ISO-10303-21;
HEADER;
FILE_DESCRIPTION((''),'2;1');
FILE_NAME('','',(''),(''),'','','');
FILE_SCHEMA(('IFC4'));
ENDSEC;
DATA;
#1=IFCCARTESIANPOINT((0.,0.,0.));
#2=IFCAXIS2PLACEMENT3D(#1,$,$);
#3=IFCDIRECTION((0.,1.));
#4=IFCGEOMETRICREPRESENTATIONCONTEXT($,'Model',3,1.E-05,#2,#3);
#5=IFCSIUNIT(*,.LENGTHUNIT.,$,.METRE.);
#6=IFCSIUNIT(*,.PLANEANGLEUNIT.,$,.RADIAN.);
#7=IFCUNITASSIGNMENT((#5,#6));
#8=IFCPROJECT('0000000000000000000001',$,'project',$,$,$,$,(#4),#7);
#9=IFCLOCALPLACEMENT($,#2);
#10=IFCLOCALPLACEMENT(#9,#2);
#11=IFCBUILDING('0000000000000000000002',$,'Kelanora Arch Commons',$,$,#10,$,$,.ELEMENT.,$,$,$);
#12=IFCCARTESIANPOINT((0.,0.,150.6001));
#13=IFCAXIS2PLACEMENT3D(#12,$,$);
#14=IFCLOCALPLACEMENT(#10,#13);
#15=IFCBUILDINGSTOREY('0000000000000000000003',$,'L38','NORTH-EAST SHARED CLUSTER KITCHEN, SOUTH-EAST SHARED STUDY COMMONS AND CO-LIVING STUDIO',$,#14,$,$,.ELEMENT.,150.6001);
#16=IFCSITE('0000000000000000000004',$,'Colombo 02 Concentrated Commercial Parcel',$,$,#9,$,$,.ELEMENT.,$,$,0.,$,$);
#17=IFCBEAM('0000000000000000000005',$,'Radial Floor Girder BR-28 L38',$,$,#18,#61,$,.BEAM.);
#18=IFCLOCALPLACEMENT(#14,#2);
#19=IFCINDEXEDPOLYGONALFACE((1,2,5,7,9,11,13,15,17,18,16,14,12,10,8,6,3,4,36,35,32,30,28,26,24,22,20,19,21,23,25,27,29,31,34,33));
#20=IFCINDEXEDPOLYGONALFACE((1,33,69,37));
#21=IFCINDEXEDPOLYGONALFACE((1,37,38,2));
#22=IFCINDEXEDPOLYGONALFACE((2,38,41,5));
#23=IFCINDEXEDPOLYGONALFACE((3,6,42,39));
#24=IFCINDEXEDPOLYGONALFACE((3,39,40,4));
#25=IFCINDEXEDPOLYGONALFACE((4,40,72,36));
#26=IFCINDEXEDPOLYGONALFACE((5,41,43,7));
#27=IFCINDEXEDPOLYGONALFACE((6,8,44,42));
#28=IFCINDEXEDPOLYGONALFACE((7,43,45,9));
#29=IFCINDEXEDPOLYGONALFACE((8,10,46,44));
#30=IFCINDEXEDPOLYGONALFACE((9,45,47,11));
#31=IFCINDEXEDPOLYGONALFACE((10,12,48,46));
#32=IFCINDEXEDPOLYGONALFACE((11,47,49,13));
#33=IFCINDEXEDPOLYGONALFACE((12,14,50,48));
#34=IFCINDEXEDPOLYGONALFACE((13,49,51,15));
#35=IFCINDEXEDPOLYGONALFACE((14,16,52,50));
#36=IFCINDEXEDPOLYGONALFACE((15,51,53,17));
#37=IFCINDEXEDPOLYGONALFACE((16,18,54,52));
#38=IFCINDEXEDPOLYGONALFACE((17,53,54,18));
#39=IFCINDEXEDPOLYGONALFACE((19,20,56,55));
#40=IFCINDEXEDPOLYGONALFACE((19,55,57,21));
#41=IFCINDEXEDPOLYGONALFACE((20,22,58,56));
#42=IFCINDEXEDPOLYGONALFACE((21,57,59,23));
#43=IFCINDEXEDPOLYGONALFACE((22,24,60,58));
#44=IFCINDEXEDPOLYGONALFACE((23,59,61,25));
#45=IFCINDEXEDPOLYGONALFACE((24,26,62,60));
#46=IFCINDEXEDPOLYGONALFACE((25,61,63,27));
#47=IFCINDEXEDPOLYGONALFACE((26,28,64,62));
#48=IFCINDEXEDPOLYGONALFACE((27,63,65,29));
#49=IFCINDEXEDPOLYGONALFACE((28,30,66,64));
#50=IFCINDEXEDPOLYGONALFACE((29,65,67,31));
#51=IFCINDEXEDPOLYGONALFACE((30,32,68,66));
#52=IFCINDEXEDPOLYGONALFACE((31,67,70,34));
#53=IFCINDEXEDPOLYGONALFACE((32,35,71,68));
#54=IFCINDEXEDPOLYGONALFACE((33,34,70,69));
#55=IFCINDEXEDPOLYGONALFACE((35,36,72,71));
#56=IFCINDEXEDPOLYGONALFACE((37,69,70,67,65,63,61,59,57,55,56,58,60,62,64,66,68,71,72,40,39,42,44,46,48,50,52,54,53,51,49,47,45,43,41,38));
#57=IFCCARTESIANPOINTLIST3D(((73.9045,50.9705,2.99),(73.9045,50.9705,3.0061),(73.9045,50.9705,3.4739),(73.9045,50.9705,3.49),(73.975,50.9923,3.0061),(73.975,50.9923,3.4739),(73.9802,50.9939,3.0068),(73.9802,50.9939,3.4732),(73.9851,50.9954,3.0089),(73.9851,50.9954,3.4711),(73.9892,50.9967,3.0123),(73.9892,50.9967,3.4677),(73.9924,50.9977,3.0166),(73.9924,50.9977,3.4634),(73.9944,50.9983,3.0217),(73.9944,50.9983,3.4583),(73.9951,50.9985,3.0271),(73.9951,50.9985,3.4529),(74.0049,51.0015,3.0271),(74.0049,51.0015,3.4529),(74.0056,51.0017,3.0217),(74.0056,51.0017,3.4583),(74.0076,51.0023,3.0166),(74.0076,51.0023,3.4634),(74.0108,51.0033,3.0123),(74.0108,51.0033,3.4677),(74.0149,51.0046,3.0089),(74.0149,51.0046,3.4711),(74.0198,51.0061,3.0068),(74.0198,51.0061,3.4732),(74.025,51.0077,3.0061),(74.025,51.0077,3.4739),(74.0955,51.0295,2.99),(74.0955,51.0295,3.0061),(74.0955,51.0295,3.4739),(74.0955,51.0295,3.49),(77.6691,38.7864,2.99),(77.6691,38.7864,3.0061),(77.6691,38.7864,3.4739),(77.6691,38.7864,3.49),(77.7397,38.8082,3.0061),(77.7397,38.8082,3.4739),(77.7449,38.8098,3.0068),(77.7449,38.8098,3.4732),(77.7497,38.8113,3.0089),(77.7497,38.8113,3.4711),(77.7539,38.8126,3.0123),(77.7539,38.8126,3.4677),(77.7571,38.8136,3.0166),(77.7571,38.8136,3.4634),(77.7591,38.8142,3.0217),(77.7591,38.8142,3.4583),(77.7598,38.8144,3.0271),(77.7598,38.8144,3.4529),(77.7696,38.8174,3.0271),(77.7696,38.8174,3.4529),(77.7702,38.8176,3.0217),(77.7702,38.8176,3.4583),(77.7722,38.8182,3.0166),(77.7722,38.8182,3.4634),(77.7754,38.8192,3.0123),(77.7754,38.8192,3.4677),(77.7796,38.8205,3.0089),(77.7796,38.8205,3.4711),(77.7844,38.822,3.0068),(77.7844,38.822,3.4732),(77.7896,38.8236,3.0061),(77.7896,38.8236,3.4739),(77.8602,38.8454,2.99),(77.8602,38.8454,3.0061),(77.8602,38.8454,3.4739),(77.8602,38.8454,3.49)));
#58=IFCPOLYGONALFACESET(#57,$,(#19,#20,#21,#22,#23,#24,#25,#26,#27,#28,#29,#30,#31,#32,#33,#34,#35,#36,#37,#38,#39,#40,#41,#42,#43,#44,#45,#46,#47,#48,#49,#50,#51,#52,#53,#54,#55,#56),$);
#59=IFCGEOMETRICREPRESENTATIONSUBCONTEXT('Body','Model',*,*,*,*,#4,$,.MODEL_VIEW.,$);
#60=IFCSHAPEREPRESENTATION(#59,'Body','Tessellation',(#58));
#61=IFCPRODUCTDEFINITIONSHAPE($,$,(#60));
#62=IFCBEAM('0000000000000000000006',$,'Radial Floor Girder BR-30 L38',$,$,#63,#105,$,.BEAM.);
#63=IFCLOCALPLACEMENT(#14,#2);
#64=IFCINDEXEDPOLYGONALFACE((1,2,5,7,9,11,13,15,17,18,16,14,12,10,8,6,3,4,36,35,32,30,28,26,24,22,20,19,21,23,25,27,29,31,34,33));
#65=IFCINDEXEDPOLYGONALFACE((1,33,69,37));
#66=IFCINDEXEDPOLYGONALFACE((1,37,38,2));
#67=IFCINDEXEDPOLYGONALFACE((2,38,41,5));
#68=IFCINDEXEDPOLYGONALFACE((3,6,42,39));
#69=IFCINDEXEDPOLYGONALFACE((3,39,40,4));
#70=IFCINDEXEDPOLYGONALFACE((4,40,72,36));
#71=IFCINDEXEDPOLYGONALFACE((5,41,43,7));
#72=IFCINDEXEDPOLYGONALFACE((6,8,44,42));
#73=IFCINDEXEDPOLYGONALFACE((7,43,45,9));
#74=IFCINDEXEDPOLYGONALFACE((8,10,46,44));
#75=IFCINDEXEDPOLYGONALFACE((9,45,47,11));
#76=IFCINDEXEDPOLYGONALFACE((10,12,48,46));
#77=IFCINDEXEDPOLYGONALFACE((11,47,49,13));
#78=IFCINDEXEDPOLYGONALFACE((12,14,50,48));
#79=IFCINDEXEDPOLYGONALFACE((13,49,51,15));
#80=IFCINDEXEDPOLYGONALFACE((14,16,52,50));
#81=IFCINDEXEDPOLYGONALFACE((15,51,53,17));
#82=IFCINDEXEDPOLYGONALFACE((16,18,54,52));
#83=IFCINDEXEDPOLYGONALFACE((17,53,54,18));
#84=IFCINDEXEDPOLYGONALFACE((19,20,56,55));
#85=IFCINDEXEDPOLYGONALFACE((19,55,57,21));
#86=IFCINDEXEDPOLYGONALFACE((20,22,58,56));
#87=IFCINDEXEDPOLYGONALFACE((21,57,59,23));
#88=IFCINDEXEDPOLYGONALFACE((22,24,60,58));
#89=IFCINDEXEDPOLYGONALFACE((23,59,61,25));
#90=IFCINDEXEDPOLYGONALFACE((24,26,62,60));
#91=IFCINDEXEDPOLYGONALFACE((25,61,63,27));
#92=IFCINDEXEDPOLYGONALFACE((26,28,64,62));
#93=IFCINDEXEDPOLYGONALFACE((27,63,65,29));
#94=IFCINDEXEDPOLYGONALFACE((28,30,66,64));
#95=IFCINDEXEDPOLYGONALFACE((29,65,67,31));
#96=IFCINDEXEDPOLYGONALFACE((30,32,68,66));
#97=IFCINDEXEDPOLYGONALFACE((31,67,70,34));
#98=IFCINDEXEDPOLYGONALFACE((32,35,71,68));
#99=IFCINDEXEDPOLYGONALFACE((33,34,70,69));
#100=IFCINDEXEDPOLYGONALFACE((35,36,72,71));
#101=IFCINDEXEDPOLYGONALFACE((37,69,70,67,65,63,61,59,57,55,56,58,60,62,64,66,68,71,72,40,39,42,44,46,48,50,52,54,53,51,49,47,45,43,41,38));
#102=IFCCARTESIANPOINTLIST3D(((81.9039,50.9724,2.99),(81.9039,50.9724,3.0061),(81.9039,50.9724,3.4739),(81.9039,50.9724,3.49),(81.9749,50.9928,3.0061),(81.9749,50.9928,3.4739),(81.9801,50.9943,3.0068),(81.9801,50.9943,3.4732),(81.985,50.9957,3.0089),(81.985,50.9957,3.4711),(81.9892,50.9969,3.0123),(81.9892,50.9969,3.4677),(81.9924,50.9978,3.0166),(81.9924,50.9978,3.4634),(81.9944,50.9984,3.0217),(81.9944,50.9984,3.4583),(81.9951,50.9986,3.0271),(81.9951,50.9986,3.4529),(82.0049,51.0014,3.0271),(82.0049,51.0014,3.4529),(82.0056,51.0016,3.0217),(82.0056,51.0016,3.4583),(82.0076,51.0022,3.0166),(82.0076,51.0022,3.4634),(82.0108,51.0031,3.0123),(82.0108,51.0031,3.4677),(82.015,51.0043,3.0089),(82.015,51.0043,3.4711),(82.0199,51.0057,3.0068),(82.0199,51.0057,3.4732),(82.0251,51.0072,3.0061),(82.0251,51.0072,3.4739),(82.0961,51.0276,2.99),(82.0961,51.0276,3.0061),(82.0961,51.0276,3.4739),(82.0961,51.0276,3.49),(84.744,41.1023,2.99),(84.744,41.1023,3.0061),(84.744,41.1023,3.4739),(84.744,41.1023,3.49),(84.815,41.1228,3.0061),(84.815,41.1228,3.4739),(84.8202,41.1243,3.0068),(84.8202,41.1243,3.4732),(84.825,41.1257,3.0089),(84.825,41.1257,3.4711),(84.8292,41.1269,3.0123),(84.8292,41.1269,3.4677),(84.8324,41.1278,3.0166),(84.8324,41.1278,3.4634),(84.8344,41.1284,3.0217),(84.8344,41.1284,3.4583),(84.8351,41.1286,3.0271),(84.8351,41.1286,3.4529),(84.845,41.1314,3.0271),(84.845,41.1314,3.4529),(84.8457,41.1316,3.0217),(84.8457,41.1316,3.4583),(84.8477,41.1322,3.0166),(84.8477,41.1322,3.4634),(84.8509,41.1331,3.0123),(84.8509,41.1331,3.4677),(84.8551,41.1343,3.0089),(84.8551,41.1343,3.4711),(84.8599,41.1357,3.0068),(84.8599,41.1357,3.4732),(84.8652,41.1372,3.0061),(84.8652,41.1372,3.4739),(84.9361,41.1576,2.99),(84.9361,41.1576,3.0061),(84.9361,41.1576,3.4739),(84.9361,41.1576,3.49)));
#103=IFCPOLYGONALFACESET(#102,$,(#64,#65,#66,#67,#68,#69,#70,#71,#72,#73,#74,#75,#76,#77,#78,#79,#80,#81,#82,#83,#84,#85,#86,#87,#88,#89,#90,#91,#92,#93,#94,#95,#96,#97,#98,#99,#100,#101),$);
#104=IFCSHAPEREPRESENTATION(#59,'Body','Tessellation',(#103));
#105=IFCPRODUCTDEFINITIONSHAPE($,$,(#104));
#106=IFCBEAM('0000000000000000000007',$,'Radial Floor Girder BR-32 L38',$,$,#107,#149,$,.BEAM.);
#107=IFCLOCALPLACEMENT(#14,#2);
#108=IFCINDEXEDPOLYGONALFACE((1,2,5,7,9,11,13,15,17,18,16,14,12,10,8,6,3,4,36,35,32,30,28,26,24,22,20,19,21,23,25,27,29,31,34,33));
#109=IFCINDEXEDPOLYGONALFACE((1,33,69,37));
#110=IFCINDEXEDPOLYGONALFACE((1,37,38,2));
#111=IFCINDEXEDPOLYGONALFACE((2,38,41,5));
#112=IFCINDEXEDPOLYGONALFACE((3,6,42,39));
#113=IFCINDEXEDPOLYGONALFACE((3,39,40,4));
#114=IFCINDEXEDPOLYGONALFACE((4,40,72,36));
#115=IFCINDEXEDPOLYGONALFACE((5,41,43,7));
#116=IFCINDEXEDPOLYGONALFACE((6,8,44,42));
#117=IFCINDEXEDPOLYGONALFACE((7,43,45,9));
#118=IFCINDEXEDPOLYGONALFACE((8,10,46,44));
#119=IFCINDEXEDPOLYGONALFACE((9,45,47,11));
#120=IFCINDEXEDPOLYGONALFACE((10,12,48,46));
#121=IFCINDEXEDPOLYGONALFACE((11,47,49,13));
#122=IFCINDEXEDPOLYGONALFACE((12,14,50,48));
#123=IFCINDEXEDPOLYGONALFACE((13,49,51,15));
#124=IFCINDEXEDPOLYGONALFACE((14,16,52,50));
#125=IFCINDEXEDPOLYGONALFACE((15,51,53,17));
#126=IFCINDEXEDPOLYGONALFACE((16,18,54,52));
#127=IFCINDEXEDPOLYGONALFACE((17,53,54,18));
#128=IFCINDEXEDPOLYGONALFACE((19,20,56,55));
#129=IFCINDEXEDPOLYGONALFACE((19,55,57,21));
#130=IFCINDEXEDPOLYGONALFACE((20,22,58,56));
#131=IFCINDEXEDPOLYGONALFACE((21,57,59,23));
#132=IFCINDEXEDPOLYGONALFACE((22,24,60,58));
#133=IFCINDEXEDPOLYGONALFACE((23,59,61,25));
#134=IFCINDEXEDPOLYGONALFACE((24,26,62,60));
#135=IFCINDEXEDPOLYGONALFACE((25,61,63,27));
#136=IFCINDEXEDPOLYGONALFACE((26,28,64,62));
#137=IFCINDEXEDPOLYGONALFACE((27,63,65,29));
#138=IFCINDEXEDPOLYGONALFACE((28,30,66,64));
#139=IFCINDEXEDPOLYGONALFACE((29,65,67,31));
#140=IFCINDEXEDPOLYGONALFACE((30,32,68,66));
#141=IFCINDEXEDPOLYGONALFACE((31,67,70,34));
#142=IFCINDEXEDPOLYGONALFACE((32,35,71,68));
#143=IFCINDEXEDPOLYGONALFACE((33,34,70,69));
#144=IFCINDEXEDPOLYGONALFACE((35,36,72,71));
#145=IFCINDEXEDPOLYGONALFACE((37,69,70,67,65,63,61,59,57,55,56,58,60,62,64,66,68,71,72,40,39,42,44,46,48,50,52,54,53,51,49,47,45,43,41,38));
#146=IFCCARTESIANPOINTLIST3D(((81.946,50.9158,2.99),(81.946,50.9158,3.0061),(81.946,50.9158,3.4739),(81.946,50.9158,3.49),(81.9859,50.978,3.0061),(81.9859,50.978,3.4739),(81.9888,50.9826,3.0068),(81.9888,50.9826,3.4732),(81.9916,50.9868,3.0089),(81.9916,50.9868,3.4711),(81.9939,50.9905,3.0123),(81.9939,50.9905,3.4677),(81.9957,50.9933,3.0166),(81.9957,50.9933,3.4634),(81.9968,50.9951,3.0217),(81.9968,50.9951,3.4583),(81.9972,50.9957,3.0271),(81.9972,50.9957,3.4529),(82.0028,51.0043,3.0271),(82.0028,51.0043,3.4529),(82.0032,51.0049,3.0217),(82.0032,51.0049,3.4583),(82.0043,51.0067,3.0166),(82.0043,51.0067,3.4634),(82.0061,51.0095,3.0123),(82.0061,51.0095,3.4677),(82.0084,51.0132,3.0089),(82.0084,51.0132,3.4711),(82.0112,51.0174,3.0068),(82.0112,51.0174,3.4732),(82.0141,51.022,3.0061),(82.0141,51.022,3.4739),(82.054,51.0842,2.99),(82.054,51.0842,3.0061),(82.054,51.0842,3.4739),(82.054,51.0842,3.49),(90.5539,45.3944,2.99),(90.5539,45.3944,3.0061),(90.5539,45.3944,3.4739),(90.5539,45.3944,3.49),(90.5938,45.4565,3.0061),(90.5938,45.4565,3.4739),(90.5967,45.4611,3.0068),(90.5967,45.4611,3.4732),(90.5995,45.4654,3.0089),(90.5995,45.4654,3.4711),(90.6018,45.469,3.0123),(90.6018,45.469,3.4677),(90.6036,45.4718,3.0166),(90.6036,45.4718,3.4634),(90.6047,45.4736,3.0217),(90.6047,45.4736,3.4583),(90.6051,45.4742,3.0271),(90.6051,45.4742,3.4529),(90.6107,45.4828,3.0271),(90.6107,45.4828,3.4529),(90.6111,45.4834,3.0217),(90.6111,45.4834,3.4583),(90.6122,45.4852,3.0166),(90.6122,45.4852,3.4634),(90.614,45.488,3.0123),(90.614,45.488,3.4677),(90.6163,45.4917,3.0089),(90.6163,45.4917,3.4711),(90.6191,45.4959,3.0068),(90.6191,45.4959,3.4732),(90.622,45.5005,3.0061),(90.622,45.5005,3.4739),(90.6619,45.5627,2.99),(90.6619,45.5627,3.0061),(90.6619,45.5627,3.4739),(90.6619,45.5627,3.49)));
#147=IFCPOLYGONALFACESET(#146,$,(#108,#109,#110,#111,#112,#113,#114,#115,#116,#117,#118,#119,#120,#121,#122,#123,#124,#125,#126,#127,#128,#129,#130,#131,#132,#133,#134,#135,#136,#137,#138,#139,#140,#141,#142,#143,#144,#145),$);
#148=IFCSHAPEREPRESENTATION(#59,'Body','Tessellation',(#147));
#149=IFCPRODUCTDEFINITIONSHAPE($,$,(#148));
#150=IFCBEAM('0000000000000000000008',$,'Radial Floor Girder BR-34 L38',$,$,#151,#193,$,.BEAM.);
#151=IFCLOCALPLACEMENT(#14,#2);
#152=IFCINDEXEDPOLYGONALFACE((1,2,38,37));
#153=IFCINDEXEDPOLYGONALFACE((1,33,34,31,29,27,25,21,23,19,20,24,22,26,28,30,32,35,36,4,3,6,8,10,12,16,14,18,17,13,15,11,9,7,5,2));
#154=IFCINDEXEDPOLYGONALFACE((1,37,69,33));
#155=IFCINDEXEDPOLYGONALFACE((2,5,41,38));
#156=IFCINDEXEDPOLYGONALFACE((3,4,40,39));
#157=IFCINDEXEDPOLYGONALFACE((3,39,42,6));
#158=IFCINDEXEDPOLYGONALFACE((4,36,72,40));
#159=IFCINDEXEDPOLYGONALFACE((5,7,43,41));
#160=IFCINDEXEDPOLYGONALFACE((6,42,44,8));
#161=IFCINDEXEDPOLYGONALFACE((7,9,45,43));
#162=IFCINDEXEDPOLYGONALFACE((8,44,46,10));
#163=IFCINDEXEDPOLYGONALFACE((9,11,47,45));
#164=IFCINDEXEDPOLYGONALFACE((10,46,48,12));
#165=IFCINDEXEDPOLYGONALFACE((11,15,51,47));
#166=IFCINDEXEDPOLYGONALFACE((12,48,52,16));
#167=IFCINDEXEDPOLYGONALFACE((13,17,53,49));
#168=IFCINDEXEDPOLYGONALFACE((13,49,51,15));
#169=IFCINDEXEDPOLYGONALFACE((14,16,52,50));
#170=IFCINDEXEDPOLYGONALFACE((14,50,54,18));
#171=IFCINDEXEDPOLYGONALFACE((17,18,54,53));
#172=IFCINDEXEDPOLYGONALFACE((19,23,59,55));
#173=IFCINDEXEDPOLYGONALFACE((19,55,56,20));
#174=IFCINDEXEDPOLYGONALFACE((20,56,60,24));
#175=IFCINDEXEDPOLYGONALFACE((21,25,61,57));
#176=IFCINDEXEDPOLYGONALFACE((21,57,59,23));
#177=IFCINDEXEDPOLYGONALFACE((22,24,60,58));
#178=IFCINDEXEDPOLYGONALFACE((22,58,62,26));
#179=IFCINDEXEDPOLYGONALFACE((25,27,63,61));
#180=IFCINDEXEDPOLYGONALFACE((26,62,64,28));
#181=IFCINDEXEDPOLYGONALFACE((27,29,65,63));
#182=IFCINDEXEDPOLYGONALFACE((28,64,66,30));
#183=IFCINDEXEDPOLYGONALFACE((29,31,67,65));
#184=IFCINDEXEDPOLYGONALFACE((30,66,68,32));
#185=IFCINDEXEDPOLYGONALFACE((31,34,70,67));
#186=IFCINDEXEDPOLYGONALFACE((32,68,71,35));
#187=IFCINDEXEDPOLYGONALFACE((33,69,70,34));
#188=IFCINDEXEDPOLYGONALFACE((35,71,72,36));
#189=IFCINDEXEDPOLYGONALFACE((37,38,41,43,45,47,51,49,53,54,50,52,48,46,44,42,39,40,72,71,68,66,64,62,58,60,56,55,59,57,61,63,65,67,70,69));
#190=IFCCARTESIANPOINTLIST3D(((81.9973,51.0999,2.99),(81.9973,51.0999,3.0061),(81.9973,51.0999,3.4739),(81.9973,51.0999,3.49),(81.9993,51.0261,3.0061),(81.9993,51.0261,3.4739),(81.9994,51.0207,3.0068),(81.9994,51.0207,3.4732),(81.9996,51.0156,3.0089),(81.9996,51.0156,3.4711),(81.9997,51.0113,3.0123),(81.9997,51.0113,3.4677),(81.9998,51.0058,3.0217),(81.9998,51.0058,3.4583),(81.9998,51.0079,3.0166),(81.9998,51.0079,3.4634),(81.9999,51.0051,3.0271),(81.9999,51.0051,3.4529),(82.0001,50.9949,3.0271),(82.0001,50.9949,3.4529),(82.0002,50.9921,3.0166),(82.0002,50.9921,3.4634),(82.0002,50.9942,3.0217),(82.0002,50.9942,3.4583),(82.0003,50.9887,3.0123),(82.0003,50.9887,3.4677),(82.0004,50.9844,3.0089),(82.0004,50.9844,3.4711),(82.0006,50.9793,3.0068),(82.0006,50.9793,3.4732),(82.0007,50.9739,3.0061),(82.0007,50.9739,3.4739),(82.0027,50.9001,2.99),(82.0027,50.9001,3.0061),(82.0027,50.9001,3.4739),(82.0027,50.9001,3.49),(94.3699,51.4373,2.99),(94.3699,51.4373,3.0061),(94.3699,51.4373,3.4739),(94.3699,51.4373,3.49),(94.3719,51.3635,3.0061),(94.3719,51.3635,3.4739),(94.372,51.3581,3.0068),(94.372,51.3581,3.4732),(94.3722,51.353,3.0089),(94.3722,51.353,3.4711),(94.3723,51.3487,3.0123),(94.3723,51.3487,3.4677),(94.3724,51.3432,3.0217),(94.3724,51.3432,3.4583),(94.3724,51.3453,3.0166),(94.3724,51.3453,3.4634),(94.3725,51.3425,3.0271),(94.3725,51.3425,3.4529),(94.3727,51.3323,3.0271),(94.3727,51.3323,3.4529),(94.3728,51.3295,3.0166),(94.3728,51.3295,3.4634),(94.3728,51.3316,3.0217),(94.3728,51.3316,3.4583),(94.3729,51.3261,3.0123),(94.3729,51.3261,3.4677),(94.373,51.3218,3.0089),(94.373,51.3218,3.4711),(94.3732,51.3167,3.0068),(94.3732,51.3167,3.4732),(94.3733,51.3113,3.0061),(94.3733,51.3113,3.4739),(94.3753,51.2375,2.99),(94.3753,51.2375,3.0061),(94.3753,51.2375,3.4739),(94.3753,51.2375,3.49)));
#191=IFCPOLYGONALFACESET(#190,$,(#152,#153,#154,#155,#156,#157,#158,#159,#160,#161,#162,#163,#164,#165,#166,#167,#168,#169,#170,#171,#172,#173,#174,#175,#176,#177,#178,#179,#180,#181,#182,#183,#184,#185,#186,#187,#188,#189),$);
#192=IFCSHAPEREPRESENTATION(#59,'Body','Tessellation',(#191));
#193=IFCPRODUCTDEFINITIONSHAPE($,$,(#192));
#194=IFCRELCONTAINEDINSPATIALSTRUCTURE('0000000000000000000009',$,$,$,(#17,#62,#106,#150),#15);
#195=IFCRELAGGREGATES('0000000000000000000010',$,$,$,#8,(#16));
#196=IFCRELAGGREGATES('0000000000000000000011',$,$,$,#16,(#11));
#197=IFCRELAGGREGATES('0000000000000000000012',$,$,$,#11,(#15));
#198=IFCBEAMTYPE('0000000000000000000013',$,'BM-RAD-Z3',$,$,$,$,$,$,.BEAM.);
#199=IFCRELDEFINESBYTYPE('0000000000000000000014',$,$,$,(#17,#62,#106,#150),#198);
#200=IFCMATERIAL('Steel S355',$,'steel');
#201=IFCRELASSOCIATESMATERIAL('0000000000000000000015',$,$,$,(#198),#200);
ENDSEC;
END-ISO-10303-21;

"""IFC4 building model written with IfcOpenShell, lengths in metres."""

from ifc_helpers import new_model, si_unit, direction, frame, origin, origin_2d, place, context, subcontext, project, spatial, i_section, extrude, material, material_profile, profile_set, type_object, element, save


model = new_model("IFC4")

# Units and contexts
model_context = context("Model", 3, precision=1e-05, world=origin(), true_north=direction((0.0, 1.0)))
body_context = subcontext(model_context, "Body", "Model", "MODEL_VIEW")
ifc_project = project(units=[si_unit("LENGTHUNIT", "METRE"), si_unit("PLANEANGLEUNIT", "RADIAN")], contexts=[model_context])

# Site, building, storey
site_placement = place(None, origin())
site = spatial("IfcSite", under=ifc_project, at=site_placement, Name="Colombo 02 Concentrated Commercial Parcel", CompositionType="ELEMENT", RefElevation=0.0)
building_placement = place(site_placement, origin())
building = spatial("IfcBuilding", under=site, at=building_placement, Name="Kelanora Arch Commons", CompositionType="ELEMENT")
storey_placement = place(building_placement, frame((0.0, 0.0, 150.6001)))
storey = spatial("IfcBuildingStorey", under=building, at=storey_placement, Name="L38", Description="NORTH-EAST SHARED CLUSTER KITCHEN, SOUTH-EAST SHARED STUDY COMMONS AND CO-LIVING STUDIO", CompositionType="ELEMENT", Elevation=150.6001)

# Beams
ifc_material_1 = material(Name="Steel S355", Category="steel")
ifc_material_profile_1 = material_profile(ifc_material_1, i_section(OverallWidth=0.2, OverallDepth=0.5, WebThickness=0.0103, FlangeThickness=0.0161, FilletRadius=0.021, at=origin_2d()), Name="IPE500")
ifc_profile_set_1 = profile_set([ifc_material_profile_1], Name="Steel S355")
beam_type_1 = type_object("IfcBeamType", Name="BM-RAD-Z3", PredefinedType="BEAM", material=ifc_profile_set_1)
for number, where, z_axis, x_axis, name in (
    (1, (74.0, 51.0, 3.24), (0.29521, -0.955432, 0.0), (0.955432, 0.29521, 0.0), "Radial Floor Girder BR-28 L38"),
):
    element("IfcBeam", number, at=place(storey_placement, frame(where, z_axis=z_axis, x_axis=x_axis)), inside=storey, type_object=beam_type_1, Name=name, PredefinedType="BEAM", context=body_context, shape_type="SweptSolid", body=[
        extrude(i_section(OverallWidth=0.2, OverallDepth=0.5, WebThickness=0.0103, FlangeThickness=0.0161, FilletRadius=0.021, at=origin_2d()), origin(), (0.0, 0.0, 1.0), 12.7524),
    ])
beam_1_placement = place(storey_placement, frame((82.0, 51.0, 3.24), z_axis=(0.276526, -0.961006, 0.0), x_axis=(0.961006, 0.276526, 0.0)))
element("IfcBeam", 2, at=beam_1_placement, inside=storey, type_object=beam_type_1, Name="Radial Floor Girder BR-30 L38", PredefinedType="BEAM", context=body_context, shape_type="SweptSolid", body=[
    extrude(i_section(OverallWidth=0.2, OverallDepth=0.5, WebThickness=0.0103, FlangeThickness=0.0161, FilletRadius=0.021, at=origin_2d()), origin(), (0.0, 0.0, 1.0), 10.2705),
])
beam_2_placement = place(storey_placement, frame((82.0, 51.0, 3.24), z_axis=(0.841719, -0.539915, 0.0), x_axis=(0.539915, 0.841719, 0.0)))
element("IfcBeam", 3, at=beam_2_placement, inside=storey, type_object=beam_type_1, Name="Radial Floor Girder BR-32 L38", PredefinedType="BEAM", context=body_context, shape_type="SweptSolid", body=[
    extrude(i_section(OverallWidth=0.2, OverallDepth=0.5, WebThickness=0.0103, FlangeThickness=0.0161, FilletRadius=0.021, at=origin_2d()), origin(), (0.0, 0.0, 1.0), 10.2266),
])
beam_3_placement = place(storey_placement, frame((82.0, 51.0, 3.24), z_axis=(0.999628, 0.02726, 0.0), x_axis=(-0.02726, 0.999628, 0.0)))
element("IfcBeam", 4, at=beam_3_placement, inside=storey, type_object=beam_type_1, Name="Radial Floor Girder BR-34 L38", PredefinedType="BEAM", context=body_context, shape_type="SweptSolid", body=[
    extrude(i_section(OverallWidth=0.2, OverallDepth=0.5, WebThickness=0.0103, FlangeThickness=0.0161, FilletRadius=0.021, at=origin_2d()), origin(), (0.0, 0.0, 1.0), 12.3772),
])

save(model, "model.ifc")
